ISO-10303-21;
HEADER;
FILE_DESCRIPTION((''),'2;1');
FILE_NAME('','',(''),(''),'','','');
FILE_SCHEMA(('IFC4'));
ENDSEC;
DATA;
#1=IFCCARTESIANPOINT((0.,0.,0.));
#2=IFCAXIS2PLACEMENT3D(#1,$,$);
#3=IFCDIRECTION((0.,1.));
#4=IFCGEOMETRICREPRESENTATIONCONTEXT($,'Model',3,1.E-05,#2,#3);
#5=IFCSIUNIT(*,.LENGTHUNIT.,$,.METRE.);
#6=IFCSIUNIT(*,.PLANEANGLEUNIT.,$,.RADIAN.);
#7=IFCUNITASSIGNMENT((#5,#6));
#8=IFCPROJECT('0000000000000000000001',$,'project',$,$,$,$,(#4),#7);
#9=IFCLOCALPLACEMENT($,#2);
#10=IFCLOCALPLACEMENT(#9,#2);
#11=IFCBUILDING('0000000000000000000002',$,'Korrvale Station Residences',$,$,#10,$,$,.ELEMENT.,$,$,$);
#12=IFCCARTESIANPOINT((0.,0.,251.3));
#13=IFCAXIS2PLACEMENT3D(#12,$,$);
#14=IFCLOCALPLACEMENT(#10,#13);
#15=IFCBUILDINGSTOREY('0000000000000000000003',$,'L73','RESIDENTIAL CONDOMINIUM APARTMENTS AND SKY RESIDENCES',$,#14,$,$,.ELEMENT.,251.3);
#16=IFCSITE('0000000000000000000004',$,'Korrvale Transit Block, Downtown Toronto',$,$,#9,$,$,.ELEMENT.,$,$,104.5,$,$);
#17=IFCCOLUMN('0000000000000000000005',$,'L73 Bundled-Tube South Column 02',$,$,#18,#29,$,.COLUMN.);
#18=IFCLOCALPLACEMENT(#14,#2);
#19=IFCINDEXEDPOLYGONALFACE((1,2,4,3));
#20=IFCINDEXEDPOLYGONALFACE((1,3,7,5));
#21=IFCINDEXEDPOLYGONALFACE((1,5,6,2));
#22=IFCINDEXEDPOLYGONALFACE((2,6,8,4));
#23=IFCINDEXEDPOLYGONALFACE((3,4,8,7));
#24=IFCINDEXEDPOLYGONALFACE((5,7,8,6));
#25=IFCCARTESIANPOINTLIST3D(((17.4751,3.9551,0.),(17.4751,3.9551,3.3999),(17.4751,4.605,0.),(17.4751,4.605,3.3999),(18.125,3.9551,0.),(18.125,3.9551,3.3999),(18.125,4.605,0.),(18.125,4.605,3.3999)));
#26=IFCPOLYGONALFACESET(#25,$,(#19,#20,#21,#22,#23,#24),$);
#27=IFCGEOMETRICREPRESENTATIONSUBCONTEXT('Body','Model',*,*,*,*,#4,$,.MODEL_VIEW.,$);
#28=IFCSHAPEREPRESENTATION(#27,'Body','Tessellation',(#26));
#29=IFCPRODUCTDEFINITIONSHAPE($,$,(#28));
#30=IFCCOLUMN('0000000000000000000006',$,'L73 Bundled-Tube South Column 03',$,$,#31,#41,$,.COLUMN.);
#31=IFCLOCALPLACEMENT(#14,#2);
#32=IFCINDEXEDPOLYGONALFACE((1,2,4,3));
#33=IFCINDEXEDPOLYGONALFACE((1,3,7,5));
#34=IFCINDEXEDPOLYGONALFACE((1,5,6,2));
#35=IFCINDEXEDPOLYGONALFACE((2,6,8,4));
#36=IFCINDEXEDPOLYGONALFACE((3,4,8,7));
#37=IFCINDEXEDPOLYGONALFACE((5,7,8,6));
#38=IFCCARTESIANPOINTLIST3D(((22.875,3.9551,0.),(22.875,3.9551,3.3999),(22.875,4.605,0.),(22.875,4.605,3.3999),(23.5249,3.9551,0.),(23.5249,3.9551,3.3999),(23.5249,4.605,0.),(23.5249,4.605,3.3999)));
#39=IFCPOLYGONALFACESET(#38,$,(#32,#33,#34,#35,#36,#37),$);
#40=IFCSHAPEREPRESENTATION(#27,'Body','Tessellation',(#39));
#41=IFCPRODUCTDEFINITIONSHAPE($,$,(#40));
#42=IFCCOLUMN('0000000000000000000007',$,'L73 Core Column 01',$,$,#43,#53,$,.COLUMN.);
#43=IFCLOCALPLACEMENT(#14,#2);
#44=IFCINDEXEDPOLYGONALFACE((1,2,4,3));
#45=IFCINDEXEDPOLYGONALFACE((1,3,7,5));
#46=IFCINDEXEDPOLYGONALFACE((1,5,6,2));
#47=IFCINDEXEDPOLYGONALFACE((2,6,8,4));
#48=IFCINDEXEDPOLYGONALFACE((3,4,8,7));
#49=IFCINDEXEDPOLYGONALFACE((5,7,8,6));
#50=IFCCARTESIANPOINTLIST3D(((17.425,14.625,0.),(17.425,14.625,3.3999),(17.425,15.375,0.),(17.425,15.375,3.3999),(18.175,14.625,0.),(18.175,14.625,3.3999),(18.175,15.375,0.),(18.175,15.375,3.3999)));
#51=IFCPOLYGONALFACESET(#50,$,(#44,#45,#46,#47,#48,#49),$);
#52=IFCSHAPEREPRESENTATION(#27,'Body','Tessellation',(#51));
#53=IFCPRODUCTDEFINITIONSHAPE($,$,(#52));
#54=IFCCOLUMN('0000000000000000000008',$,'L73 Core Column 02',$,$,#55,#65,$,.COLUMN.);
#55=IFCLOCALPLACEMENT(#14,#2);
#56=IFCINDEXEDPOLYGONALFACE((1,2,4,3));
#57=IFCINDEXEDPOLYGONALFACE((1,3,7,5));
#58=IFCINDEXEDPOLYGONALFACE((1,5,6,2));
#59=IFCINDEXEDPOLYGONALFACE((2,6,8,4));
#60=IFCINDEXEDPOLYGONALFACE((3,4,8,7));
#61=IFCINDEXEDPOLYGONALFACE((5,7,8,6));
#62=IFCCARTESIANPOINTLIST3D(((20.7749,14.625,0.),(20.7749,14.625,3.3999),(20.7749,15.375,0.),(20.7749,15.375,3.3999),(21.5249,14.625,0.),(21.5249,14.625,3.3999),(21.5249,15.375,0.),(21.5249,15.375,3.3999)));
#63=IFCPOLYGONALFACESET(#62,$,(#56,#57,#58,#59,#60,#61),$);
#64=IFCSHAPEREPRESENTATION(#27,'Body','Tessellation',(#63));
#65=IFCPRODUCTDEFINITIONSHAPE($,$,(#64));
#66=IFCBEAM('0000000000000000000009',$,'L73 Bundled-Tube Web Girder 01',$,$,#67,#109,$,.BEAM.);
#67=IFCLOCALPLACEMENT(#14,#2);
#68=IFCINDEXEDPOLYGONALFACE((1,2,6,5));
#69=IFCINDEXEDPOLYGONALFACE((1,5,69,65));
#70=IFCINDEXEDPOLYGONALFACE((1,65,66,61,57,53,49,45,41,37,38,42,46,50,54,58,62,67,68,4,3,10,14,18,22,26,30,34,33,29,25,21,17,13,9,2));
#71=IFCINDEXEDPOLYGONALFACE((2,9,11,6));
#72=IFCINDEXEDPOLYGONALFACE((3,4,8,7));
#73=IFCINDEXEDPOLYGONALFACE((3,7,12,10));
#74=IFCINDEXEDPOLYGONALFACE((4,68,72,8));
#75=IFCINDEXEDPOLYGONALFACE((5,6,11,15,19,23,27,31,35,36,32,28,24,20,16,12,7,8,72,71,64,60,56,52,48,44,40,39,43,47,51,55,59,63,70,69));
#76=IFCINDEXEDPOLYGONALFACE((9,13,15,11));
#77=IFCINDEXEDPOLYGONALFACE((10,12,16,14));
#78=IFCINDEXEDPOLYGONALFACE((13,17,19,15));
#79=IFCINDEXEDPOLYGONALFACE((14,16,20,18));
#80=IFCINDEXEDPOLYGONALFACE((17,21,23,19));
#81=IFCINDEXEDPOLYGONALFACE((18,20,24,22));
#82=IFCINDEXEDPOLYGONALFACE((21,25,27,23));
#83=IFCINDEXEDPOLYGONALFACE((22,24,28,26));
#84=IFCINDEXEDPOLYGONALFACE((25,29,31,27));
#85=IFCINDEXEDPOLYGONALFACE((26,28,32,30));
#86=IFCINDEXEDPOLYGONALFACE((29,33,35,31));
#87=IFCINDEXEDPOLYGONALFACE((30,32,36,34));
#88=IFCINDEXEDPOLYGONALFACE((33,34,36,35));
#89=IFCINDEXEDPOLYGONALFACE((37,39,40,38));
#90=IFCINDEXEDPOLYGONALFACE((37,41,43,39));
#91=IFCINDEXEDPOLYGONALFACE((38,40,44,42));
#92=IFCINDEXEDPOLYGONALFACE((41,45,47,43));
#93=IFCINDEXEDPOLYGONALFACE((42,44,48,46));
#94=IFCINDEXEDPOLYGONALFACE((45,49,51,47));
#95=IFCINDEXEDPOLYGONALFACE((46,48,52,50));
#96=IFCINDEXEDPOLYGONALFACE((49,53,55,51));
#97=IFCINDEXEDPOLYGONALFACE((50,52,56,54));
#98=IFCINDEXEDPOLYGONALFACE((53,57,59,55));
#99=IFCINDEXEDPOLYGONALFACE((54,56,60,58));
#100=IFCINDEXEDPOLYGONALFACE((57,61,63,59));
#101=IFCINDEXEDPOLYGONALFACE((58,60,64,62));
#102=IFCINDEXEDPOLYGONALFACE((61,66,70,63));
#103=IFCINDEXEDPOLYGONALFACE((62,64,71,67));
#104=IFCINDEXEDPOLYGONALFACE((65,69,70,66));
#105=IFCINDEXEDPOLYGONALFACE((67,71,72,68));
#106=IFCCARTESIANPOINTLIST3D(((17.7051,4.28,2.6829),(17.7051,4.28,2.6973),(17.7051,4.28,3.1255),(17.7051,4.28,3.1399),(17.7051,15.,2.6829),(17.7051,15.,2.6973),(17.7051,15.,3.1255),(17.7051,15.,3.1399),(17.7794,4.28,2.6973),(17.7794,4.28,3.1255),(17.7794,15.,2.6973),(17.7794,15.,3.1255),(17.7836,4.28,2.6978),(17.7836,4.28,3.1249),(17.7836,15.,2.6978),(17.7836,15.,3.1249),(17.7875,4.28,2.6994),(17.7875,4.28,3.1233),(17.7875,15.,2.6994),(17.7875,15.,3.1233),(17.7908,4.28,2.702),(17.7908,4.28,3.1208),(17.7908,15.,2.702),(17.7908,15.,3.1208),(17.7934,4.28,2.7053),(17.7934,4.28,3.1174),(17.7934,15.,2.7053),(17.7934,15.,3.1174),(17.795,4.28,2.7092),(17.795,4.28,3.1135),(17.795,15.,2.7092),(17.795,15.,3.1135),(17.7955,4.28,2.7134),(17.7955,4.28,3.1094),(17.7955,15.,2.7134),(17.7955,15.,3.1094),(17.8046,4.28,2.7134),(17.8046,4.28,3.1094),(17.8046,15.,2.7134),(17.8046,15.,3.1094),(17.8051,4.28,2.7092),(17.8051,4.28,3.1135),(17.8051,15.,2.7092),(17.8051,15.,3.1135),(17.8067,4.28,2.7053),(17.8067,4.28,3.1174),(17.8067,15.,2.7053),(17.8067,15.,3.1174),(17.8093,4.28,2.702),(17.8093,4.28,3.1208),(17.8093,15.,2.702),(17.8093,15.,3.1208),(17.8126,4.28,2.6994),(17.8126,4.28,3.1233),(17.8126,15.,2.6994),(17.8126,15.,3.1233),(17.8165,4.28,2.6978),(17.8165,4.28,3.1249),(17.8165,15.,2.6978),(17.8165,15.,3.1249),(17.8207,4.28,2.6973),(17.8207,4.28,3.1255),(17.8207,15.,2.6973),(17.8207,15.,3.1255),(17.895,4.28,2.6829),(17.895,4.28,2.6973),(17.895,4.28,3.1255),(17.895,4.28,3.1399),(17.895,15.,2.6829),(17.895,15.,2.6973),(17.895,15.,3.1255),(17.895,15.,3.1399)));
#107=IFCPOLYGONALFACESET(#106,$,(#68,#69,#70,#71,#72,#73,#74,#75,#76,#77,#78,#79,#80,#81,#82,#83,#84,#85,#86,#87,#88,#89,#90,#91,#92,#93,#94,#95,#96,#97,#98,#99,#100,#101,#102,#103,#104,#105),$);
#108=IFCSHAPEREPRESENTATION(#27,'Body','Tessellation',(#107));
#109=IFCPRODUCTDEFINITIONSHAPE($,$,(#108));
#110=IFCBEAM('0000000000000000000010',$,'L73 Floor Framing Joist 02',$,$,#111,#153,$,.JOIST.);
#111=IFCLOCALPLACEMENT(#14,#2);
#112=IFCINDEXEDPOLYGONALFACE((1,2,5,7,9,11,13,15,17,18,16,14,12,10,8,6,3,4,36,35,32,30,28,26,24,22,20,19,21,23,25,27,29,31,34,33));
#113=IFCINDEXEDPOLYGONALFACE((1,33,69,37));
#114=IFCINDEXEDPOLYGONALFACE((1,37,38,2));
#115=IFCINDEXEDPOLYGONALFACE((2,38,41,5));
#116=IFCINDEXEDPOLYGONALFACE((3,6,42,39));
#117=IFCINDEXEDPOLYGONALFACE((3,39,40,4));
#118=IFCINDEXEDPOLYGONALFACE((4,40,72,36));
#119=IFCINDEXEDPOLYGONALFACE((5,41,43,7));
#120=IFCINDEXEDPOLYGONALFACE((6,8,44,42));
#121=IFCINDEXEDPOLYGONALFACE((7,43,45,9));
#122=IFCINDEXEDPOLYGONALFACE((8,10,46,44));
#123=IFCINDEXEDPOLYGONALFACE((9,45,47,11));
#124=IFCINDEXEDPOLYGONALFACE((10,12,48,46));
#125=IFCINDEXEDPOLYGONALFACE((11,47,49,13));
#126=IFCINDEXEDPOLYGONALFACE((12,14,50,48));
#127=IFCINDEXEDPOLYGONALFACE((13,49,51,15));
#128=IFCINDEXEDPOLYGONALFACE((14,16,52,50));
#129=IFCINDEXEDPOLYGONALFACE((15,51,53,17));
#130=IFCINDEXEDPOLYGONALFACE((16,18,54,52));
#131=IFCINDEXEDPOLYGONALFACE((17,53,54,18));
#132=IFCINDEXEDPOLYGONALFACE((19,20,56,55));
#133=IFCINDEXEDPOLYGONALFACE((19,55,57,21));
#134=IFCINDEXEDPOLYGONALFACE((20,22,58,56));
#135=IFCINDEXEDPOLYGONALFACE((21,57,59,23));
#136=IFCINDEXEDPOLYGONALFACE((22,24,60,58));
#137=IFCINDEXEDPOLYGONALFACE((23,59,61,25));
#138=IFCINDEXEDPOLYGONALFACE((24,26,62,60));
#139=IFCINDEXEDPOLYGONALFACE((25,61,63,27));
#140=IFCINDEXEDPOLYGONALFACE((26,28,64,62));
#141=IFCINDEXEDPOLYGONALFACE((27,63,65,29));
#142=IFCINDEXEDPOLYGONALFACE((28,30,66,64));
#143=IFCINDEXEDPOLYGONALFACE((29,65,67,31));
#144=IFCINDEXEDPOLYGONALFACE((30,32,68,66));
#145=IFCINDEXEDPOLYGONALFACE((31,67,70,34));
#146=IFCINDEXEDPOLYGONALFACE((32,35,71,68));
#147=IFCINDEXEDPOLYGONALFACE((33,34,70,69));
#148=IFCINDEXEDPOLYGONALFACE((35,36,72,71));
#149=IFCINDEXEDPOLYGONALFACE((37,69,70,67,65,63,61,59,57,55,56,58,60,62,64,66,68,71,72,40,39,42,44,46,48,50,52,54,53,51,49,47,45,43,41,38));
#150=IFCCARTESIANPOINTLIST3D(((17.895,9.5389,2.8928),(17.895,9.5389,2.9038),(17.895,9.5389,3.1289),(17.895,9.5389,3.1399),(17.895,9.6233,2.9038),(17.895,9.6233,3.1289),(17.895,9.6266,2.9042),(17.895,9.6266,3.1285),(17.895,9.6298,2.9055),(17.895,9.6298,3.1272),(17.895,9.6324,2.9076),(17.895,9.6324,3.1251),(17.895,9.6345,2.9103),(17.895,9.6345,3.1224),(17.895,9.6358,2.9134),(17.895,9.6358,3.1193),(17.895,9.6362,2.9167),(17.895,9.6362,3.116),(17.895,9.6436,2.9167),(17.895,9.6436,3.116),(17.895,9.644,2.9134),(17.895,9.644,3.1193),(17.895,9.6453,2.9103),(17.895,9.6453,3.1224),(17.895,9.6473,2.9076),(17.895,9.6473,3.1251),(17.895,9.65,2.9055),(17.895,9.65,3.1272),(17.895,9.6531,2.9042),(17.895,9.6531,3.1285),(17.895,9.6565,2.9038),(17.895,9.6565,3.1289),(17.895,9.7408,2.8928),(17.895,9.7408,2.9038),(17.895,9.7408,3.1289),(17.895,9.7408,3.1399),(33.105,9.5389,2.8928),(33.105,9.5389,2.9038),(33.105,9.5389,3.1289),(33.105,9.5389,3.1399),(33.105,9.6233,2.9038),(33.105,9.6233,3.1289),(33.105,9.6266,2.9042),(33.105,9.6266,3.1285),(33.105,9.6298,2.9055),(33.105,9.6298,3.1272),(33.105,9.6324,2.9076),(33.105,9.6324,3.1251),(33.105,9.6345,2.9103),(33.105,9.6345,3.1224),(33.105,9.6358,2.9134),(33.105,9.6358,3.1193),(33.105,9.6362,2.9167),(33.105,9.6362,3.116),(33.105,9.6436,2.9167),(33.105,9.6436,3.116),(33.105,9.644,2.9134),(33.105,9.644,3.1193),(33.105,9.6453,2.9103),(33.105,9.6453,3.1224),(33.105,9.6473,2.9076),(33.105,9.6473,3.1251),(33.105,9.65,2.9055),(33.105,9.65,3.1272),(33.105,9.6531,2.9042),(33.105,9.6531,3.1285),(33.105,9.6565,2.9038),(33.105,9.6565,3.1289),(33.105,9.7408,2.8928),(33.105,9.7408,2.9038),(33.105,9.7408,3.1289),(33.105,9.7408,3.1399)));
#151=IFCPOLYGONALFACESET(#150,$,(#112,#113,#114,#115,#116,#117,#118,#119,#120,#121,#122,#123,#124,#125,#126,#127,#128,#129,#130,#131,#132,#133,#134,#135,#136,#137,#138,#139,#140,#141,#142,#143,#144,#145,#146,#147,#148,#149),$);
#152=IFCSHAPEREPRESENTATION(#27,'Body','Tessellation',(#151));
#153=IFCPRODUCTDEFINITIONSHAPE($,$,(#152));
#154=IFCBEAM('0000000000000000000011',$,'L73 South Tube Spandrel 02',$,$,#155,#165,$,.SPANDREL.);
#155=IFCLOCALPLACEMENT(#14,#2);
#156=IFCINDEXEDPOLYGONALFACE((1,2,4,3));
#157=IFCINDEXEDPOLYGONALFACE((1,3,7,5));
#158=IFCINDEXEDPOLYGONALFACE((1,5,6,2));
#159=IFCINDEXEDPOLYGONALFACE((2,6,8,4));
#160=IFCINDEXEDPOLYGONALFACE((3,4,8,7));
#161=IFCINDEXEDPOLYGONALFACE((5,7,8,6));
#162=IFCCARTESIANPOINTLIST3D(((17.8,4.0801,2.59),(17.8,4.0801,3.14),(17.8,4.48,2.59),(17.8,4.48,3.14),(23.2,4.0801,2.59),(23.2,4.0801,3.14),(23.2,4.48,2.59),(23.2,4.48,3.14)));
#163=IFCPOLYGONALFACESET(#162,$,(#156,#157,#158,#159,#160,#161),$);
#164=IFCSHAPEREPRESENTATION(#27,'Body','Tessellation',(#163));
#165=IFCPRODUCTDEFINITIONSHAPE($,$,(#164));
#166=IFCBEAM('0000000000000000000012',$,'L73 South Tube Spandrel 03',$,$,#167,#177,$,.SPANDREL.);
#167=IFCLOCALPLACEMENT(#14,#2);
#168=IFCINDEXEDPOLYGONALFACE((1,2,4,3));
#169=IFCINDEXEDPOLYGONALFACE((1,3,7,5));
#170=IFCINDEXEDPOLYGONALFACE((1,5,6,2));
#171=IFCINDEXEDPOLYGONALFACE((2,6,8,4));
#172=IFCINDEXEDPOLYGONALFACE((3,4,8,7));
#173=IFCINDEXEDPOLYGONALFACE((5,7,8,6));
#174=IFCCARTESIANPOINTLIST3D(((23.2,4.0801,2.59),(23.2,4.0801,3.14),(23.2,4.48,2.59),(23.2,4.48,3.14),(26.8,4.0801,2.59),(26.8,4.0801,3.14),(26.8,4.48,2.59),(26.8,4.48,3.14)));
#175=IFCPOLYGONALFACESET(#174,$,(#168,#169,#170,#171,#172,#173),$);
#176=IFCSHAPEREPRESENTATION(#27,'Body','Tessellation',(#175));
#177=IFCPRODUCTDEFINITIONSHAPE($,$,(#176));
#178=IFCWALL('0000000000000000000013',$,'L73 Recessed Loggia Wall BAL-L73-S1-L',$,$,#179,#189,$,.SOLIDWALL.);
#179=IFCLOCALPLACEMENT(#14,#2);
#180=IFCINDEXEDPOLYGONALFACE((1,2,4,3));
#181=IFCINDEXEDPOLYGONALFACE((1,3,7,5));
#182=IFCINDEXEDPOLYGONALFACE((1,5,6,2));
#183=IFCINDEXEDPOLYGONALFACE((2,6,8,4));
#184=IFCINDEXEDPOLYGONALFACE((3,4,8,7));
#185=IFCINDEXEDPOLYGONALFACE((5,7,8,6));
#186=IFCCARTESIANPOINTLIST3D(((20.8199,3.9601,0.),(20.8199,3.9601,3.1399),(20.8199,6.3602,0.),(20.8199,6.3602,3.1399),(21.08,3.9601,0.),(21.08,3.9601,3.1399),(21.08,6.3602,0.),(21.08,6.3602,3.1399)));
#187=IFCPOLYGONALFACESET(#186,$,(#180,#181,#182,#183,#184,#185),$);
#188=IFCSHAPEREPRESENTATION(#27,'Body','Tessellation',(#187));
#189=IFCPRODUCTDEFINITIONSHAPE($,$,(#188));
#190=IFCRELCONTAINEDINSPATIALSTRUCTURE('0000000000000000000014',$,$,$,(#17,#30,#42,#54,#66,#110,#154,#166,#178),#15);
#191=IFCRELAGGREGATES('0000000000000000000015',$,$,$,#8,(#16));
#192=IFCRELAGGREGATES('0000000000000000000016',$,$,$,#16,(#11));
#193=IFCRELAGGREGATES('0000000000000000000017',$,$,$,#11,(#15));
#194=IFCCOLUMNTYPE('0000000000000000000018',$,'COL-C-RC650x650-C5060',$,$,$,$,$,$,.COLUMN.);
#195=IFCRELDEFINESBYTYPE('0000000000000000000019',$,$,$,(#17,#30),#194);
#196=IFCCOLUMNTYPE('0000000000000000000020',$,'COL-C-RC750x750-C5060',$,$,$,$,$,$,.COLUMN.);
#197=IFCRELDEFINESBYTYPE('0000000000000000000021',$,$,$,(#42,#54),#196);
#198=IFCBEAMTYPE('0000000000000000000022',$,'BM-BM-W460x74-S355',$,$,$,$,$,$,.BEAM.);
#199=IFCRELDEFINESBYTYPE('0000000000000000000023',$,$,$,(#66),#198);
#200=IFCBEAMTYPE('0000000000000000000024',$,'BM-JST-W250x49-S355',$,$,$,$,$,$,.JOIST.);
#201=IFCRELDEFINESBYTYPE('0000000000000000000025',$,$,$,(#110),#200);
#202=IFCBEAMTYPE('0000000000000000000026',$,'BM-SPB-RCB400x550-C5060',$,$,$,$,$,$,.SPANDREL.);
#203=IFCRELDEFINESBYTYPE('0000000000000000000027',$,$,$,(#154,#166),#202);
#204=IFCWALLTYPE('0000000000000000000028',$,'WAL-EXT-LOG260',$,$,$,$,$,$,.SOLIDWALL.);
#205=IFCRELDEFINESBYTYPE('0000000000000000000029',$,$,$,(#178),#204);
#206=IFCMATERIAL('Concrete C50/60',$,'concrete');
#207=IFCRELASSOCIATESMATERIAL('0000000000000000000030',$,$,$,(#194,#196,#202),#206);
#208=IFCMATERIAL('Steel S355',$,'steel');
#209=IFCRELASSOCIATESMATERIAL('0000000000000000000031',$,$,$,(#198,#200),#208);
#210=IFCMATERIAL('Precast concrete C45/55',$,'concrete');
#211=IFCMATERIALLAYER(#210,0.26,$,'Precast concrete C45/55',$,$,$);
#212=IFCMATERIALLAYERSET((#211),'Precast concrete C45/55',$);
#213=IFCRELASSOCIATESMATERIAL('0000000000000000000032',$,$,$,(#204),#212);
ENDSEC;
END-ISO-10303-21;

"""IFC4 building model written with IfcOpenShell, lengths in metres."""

from ifc_helpers import new_model, si_unit, direction, frame, frame_2d, origin, origin_2d, place, context, subcontext, project, spatial, rectangle, i_section, extrude, material, layer, layer_set, material_profile, profile_set, type_object, element, save


model = new_model("IFC4")

# Units and contexts
model_context = context("Model", 3, precision=1e-05, world=origin(), true_north=direction((0.0, 1.0)))
body_context = subcontext(model_context, "Body", "Model", "MODEL_VIEW")
ifc_project = project(units=[si_unit("LENGTHUNIT", "METRE"), si_unit("PLANEANGLEUNIT", "RADIAN")], contexts=[model_context])

# Site, building, storey
site_placement = place(None, origin())
site = spatial("IfcSite", under=ifc_project, at=site_placement, Name="Korrvale Transit Block, Downtown Toronto", CompositionType="ELEMENT", RefElevation=104.5)
building_placement = place(site_placement, origin())
building = spatial("IfcBuilding", under=site, at=building_placement, Name="Korrvale Station Residences", CompositionType="ELEMENT")
storey_placement = place(building_placement, frame((0.0, 0.0, 251.3)))
storey = spatial("IfcBuildingStorey", under=building, at=storey_placement, Name="L73", Description="RESIDENTIAL CONDOMINIUM APARTMENTS AND SKY RESIDENCES", CompositionType="ELEMENT", Elevation=251.3)

# Columns
ifc_material_1 = material(Name="Concrete C50/60", Category="concrete")
ifc_material_profile_1 = material_profile(ifc_material_1, rectangle(XDim=0.6499, YDim=0.6499, at=origin_2d()), Name="RC650x650")
ifc_profile_set_1 = profile_set([ifc_material_profile_1], Name="Concrete C50/60")
column_type_1 = type_object("IfcColumnType", Name="COL-C-RC650x650-C5060", PredefinedType="COLUMN", material=ifc_profile_set_1)
for number, where, z_axis, x_axis, name in (
    (1, (17.8, 4.28, 0.0), (0.0, 0.0, 1.0), (1.0, 0.0, 0.0), "L73 Bundled-Tube South Column 02"),
    (2, (23.2, 4.28, 0.0), (0.0, 0.0, 1.0), (1.0, 0.0, 0.0), "L73 Bundled-Tube South Column 03"),
):
    element("IfcColumn", number, at=place(storey_placement, frame(where, z_axis=z_axis, x_axis=x_axis)), inside=storey, type_object=column_type_1, Name=name, PredefinedType="COLUMN", context=body_context, shape_type="SweptSolid", body=[
        extrude(rectangle(XDim=0.6499, YDim=0.6499, at=origin_2d()), origin(), (0.0, 0.0, 1.0), 3.3999),
    ])
ifc_material_profile_2 = material_profile(ifc_material_1, rectangle(XDim=0.75, YDim=0.75, at=origin_2d()), Name="RC750x750")
ifc_profile_set_2 = profile_set([ifc_material_profile_2], Name="Concrete C50/60")
column_type_2 = type_object("IfcColumnType", Name="COL-C-RC750x750-C5060", PredefinedType="COLUMN", material=ifc_profile_set_2)
for number, where, z_axis, x_axis, name in (
    (3, (17.8, 15.0, 0.0), (0.0, 0.0, 1.0), (1.0, 0.0, 0.0), "L73 Core Column 01"),
    (4, (21.1499, 15.0, 0.0), (0.0, 0.0, 1.0), (1.0, 0.0, 0.0), "L73 Core Column 02"),
):
    element("IfcColumn", number, at=place(storey_placement, frame(where, z_axis=z_axis, x_axis=x_axis)), inside=storey, type_object=column_type_2, Name=name, PredefinedType="COLUMN", context=body_context, shape_type="SweptSolid", body=[
        extrude(rectangle(XDim=0.75, YDim=0.75, at=origin_2d()), origin(), (0.0, 0.0, 1.0), 3.3999),
    ])

# Beams
ifc_material_2 = material(Name="Steel S355", Category="steel")
ifc_material_profile_3 = material_profile(ifc_material_2, i_section(OverallWidth=0.1899, OverallDepth=0.457, WebThickness=0.009, FlangeThickness=0.0144, FilletRadius=0.0161, at=origin_2d()), Name="W460x74")
ifc_profile_set_3 = profile_set([ifc_material_profile_3], Name="Steel S355")
beam_type_1 = type_object("IfcBeamType", Name="BM-BM-W460x74-S355", PredefinedType="BEAM", material=ifc_profile_set_3)
beam_1_placement = place(storey_placement, frame((17.8, 4.28, 2.9114), z_axis=(0.0, 1.0, 0.0), x_axis=(-1.0, 0.0, 0.0)))
element("IfcBeam", 5, at=beam_1_placement, inside=storey, type_object=beam_type_1, Name="L73 Bundled-Tube Web Girder 01", PredefinedType="BEAM", context=body_context, shape_type="SweptSolid", body=[
    extrude(i_section(OverallWidth=0.1899, OverallDepth=0.457, WebThickness=0.009, FlangeThickness=0.0144, FilletRadius=0.0161, at=origin_2d()), origin(), (0.0, 0.0, 1.0), 10.72),
])
ifc_material_profile_4 = material_profile(ifc_material_2, i_section(OverallWidth=0.2019, OverallDepth=0.2471, WebThickness=0.0073, FlangeThickness=0.011, FilletRadius=0.0129, at=origin_2d()), Name="W250x49")
ifc_profile_set_4 = profile_set([ifc_material_profile_4], Name="Steel S355")
beam_type_2 = type_object("IfcBeamType", Name="BM-JST-W250x49-S355", PredefinedType="JOIST", material=ifc_profile_set_4)
beam_2_placement = place(storey_placement, frame((17.895, 9.6399, 3.0164), z_axis=(1.0, 0.0, 0.0), x_axis=(0.0, 1.0, 0.0)))
element("IfcBeam", 6, at=beam_2_placement, inside=storey, type_object=beam_type_2, Name="L73 Floor Framing Joist 02", PredefinedType="JOIST", context=body_context, shape_type="SweptSolid", body=[
    extrude(i_section(OverallWidth=0.2019, OverallDepth=0.2471, WebThickness=0.0073, FlangeThickness=0.011, FilletRadius=0.0129, at=origin_2d()), origin(), (0.0, 0.0, 1.0), 15.21),
])
ifc_material_profile_5 = material_profile(ifc_material_1, rectangle(XDim=0.3999, YDim=0.55, at=origin_2d()), Name="RCB400x550")
ifc_profile_set_5 = profile_set([ifc_material_profile_5], Name="Concrete C50/60")
beam_type_3 = type_object("IfcBeamType", Name="BM-SPB-RCB400x550-C5060", PredefinedType="SPANDREL", material=ifc_profile_set_5)
beam_3_placement = place(storey_placement, frame((17.8, 4.28, 2.865), z_axis=(1.0, 0.0, 0.0), x_axis=(0.0, 1.0, 0.0)))
element("IfcBeam", 7, at=beam_3_placement, inside=storey, type_object=beam_type_3, Name="L73 South Tube Spandrel 02", PredefinedType="SPANDREL", context=body_context, shape_type="SweptSolid", body=[
    extrude(rectangle(XDim=0.3999, YDim=0.55, at=origin_2d()), origin(), (0.0, 0.0, 1.0), 5.3999),
])
beam_4_placement = place(storey_placement, frame((23.2, 4.28, 2.865), z_axis=(1.0, 0.0, 0.0), x_axis=(0.0, 1.0, 0.0)))
element("IfcBeam", 8, at=beam_4_placement, inside=storey, type_object=beam_type_3, Name="L73 South Tube Spandrel 03", PredefinedType="SPANDREL", context=body_context, shape_type="SweptSolid", body=[
    extrude(rectangle(XDim=0.3999, YDim=0.55, at=origin_2d()), origin(), (0.0, 0.0, 1.0), 3.6001),
])

# Wall
ifc_material_3 = material(Name="Precast concrete C45/55", Category="concrete")
ifc_layer_1 = layer(ifc_material_3, 0.26, Name="Precast concrete C45/55")
ifc_layer_set_1 = layer_set([ifc_layer_1], Name="Precast concrete C45/55")
wall_type_1 = type_object("IfcWallType", Name="WAL-EXT-LOG260", PredefinedType="SOLIDWALL", material=ifc_layer_set_1)
wall_1_placement = place(storey_placement, frame((20.95, 3.96, 0.0), z_axis=(0.0, 0.0, 1.0), x_axis=(0.0, 1.0, 0.0)))
element("IfcWall", 9, at=wall_1_placement, inside=storey, type_object=wall_type_1, Name="L73 Recessed Loggia Wall BAL-L73-S1-L", PredefinedType="SOLIDWALL", context=body_context, shape_type="SweptSolid", body=[
    extrude(rectangle(XDim=2.4001, YDim=0.26, at=frame_2d((1.2002, 0.0))), origin(), (0.0, 0.0, 1.0), 3.1399),
])

save(model, "model.ifc")
